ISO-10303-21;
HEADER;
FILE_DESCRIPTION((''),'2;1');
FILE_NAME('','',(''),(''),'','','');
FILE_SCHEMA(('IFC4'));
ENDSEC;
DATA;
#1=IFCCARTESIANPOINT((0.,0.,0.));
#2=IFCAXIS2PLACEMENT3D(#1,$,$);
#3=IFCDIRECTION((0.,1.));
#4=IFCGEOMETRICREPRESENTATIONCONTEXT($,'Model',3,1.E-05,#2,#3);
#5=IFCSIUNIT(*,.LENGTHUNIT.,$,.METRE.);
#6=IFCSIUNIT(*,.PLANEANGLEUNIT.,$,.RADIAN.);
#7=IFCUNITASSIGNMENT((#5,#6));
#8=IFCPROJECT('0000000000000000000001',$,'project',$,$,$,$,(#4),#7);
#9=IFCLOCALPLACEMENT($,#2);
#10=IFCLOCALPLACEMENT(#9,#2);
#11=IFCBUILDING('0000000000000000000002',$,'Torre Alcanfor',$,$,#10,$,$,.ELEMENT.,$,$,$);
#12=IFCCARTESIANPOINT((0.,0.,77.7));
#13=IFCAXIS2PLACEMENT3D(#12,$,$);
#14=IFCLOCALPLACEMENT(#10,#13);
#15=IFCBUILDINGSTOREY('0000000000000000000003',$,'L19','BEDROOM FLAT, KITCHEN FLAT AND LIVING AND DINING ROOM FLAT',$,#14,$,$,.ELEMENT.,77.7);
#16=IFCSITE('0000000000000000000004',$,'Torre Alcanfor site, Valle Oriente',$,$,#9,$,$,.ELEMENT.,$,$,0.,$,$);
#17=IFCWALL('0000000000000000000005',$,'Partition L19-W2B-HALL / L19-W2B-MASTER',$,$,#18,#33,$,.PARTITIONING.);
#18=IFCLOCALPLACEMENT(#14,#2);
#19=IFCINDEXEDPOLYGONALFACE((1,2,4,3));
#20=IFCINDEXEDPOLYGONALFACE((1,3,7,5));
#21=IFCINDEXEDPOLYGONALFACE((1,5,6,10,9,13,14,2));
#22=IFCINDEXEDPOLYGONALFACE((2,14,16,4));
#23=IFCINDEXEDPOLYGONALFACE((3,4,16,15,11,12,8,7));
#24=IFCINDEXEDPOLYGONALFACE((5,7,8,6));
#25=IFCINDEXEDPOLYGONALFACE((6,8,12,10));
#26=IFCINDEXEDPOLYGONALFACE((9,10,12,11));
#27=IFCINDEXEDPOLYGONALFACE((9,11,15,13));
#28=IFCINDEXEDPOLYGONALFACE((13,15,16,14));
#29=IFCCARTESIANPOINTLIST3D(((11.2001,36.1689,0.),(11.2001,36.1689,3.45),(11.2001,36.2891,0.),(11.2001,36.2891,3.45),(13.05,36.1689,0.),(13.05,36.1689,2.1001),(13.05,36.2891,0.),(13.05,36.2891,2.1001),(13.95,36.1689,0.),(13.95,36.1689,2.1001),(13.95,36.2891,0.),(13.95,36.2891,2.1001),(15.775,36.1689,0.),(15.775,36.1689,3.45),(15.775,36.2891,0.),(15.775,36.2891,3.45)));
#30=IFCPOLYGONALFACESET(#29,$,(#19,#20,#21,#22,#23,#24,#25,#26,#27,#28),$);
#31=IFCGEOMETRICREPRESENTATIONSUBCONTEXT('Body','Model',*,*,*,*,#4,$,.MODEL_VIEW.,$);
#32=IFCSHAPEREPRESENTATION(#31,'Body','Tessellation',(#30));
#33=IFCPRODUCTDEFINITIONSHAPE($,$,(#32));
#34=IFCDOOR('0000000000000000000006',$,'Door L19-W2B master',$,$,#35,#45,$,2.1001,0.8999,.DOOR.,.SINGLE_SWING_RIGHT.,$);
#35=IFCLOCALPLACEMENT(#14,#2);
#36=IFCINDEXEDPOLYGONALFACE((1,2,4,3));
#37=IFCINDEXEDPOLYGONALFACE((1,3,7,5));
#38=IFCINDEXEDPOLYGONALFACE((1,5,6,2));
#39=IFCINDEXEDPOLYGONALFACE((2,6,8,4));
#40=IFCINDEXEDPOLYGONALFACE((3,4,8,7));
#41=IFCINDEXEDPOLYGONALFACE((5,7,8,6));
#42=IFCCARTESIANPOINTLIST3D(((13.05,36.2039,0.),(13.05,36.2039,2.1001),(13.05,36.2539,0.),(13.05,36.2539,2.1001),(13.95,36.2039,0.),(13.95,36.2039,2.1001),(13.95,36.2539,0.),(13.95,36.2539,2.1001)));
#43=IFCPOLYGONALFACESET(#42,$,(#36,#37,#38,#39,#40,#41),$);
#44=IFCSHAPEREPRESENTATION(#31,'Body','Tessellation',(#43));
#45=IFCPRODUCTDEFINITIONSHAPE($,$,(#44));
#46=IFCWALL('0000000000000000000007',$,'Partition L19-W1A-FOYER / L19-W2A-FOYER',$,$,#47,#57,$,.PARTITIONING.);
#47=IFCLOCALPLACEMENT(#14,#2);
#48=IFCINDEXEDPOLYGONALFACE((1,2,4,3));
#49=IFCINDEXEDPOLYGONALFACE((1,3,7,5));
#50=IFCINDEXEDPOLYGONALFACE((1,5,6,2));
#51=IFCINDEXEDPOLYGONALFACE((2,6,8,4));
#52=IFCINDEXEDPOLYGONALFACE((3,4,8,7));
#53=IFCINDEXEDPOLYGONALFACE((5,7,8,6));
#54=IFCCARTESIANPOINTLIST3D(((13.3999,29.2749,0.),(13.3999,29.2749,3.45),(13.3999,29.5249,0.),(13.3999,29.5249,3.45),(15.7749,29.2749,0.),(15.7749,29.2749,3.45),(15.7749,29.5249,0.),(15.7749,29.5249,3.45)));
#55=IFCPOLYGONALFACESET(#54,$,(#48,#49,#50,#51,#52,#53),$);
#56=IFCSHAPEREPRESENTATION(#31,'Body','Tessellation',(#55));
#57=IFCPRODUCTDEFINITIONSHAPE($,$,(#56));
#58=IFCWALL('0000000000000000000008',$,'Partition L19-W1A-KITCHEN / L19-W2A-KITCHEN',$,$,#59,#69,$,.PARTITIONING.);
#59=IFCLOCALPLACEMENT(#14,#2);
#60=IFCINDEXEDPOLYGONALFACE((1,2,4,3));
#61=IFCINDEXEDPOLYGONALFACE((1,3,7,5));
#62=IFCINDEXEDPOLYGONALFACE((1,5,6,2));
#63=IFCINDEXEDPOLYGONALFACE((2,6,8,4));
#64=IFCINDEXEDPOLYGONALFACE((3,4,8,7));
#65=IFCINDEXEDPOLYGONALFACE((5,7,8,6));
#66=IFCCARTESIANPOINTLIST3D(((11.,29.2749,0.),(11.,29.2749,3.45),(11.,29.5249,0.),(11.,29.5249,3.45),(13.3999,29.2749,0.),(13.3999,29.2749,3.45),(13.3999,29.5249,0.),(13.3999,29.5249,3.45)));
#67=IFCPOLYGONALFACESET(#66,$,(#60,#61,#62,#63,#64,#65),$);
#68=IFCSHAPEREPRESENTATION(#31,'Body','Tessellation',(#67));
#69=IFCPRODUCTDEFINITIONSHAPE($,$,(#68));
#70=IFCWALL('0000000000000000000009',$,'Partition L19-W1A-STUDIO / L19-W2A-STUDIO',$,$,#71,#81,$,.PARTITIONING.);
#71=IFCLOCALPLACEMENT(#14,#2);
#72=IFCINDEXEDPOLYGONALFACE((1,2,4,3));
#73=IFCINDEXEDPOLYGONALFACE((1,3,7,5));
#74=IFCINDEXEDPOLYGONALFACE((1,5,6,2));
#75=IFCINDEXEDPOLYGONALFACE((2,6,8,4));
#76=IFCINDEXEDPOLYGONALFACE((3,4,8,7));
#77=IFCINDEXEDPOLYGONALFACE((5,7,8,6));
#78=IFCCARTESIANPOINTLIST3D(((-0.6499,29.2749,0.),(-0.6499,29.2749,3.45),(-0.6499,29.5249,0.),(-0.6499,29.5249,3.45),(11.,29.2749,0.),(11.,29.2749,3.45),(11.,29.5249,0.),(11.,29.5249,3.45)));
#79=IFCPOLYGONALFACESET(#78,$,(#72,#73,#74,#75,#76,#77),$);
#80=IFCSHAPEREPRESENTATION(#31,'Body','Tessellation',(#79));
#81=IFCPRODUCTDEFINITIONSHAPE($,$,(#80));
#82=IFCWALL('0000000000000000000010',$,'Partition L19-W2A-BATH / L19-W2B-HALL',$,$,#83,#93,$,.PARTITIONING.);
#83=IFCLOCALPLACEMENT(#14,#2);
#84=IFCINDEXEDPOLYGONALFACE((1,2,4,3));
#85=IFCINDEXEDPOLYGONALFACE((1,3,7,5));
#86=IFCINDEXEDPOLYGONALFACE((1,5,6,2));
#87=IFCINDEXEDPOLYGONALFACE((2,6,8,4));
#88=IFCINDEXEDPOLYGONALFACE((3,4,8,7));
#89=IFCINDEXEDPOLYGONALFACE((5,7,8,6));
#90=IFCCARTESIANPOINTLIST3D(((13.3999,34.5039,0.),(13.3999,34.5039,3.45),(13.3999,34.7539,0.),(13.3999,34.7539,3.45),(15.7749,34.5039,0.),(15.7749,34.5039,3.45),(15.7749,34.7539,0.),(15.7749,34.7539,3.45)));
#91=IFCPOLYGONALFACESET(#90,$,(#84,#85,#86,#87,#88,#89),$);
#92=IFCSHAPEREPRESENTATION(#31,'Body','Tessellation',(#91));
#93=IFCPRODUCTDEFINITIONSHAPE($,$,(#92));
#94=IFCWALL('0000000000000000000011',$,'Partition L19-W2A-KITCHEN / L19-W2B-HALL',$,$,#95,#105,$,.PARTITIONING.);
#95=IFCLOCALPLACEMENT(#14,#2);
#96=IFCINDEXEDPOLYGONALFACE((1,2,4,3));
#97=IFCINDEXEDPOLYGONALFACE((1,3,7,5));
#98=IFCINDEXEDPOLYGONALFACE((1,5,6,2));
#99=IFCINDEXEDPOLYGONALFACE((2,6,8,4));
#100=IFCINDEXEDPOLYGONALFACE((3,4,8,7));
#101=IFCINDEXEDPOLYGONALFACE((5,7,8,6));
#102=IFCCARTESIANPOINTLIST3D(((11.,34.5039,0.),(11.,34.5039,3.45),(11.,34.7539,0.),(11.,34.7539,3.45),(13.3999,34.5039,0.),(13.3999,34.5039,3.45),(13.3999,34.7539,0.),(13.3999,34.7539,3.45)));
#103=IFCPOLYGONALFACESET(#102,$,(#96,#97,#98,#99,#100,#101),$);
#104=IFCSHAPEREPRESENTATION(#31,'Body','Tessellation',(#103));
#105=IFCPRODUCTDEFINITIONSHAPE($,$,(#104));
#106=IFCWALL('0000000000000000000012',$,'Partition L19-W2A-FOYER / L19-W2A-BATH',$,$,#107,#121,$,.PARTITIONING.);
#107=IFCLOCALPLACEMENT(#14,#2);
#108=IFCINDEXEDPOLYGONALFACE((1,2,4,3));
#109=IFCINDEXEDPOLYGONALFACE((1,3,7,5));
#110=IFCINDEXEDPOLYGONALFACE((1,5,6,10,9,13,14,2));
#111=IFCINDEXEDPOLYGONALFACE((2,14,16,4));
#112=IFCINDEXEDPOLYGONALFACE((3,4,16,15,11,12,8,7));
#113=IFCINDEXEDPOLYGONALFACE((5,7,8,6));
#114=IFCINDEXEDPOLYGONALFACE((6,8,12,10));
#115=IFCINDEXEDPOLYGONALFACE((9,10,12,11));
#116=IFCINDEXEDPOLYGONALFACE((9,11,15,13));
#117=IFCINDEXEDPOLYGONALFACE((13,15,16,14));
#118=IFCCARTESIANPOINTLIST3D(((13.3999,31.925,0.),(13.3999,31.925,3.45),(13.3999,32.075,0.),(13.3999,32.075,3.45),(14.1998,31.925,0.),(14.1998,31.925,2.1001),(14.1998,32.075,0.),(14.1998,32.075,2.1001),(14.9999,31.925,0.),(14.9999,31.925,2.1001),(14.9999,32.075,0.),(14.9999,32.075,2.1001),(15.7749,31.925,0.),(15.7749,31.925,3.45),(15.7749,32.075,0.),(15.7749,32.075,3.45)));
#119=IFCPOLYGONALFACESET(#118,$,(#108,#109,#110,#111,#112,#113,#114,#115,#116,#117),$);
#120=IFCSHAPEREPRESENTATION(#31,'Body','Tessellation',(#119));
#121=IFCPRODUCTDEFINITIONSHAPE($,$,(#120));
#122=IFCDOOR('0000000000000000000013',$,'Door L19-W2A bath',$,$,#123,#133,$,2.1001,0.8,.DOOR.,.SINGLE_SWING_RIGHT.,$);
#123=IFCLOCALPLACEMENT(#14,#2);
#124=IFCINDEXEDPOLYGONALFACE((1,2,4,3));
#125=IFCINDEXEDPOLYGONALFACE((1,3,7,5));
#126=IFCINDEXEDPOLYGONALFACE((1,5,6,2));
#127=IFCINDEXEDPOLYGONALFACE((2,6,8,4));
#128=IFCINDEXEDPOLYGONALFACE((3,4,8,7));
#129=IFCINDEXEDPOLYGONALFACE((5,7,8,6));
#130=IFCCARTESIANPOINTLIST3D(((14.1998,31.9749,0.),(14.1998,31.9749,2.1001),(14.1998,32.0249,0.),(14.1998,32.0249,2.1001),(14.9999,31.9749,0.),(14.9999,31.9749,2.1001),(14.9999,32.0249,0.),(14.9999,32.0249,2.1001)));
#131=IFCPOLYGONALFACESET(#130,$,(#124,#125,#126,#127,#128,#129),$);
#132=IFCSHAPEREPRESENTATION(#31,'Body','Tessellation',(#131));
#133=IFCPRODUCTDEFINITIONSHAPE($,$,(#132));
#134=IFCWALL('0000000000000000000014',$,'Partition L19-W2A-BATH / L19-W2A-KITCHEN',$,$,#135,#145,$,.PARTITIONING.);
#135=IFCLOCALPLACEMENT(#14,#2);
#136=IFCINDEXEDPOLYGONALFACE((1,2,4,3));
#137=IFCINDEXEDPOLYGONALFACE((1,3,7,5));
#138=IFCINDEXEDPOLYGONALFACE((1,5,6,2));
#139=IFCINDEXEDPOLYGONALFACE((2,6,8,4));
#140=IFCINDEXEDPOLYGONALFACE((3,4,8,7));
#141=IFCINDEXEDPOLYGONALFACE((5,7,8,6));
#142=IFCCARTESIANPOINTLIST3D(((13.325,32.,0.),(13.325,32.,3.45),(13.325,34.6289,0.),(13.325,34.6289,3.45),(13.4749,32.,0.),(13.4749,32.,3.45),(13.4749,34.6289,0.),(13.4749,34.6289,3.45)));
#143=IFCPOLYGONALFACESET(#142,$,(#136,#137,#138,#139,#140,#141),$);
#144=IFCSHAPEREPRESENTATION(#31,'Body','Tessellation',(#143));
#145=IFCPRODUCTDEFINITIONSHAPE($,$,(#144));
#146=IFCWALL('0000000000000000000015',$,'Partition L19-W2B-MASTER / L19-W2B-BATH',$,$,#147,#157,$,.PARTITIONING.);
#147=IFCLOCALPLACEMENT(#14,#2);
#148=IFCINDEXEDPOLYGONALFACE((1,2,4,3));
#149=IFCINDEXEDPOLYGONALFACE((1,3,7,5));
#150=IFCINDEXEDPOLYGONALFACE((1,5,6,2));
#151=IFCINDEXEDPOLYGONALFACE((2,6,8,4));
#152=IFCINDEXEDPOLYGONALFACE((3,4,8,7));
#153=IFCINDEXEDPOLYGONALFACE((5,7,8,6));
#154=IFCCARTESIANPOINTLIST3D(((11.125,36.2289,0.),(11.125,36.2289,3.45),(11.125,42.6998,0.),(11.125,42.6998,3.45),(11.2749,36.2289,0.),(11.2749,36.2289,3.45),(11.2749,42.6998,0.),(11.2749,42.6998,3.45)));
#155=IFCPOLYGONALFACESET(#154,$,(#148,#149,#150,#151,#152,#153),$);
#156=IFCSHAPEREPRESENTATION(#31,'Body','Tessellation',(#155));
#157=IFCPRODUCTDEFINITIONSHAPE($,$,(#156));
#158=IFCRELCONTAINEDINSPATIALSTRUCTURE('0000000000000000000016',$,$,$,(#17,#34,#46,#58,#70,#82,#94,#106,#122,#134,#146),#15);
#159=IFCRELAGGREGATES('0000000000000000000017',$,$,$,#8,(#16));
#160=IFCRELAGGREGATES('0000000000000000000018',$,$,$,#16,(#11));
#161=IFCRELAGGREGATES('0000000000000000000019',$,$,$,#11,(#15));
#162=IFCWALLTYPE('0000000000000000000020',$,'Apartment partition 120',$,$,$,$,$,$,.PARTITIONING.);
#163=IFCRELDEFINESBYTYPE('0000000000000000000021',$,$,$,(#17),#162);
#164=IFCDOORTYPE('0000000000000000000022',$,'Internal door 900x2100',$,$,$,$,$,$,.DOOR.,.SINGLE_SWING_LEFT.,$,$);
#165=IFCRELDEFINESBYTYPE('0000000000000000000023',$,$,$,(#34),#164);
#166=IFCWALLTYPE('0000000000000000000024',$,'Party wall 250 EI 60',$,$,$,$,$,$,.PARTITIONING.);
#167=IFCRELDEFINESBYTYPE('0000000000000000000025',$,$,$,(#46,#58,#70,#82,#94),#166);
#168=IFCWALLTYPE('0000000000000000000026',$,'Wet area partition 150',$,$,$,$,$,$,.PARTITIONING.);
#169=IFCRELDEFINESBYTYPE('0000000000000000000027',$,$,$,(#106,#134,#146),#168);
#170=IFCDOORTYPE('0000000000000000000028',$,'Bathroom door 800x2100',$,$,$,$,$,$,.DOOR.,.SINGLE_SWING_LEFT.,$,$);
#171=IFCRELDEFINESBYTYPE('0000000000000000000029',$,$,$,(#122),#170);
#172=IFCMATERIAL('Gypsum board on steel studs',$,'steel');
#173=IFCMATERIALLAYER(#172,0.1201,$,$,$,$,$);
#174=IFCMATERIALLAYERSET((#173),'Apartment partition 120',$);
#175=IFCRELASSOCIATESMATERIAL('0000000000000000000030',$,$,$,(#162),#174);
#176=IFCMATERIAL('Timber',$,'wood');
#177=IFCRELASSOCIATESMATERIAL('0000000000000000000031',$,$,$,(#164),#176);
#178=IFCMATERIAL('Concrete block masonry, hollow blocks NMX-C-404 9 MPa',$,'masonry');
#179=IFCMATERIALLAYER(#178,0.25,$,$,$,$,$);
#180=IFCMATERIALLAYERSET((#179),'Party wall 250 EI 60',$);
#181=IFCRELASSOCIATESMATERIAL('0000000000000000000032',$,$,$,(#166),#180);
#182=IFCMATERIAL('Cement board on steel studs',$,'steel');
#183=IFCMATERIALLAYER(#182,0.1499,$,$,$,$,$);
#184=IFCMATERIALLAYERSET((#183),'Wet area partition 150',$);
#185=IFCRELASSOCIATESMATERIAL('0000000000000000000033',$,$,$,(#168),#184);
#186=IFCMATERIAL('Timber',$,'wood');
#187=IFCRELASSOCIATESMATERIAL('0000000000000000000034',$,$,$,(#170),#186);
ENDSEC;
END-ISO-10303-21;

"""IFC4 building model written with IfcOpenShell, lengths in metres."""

from ifc_helpers import new_model, si_unit, direction, frame, frame_2d, origin, place, context, subcontext, project, spatial, rectangle, extrude, material, layer, layer_set, type_object, element, fill, save


model = new_model("IFC4")

# Units and contexts
model_context = context("Model", 3, precision=1e-05, world=origin(), true_north=direction((0.0, 1.0)))
body_context = subcontext(model_context, "Body", "Model", "MODEL_VIEW")
ifc_project = project(units=[si_unit("LENGTHUNIT", "METRE"), si_unit("PLANEANGLEUNIT", "RADIAN")], contexts=[model_context])

# Site, building, storey
site_placement = place(None, origin())
site = spatial("IfcSite", under=ifc_project, at=site_placement, Name="Torre Alcanfor site, Valle Oriente", CompositionType="ELEMENT", RefElevation=0.0)
building_placement = place(site_placement, origin())
building = spatial("IfcBuilding", under=site, at=building_placement, Name="Torre Alcanfor", CompositionType="ELEMENT")
storey_placement = place(building_placement, frame((0.0, 0.0, 77.7)))
storey = spatial("IfcBuildingStorey", under=building, at=storey_placement, Name="L19", Description="BEDROOM FLAT, KITCHEN FLAT AND LIVING AND DINING ROOM FLAT", CompositionType="ELEMENT", Elevation=77.7)

# Wall, opening, door
ifc_material_1 = material(Name="Gypsum board on steel studs", Category="steel")
ifc_layer_1 = layer(ifc_material_1, 0.1201)
ifc_layer_set_1 = layer_set([ifc_layer_1], Name="Apartment partition 120")
wall_type_1 = type_object("IfcWallType", Name="Apartment partition 120", PredefinedType="PARTITIONING", material=ifc_layer_set_1)
wall_1_placement = place(storey_placement, frame((11.2, 36.229, 0.0), z_axis=(0.0, 0.0, 1.0), x_axis=(1.0, 0.0, 0.0)))
wall_1 = element("IfcWall", 1, at=wall_1_placement, inside=storey, type_object=wall_type_1, Name="Partition L19-W2B-HALL / L19-W2B-MASTER", PredefinedType="PARTITIONING", context=body_context, shape_type="SweptSolid", body=[
    extrude(rectangle(XDim=4.575, YDim=0.1201, at=frame_2d((2.2876, 0.0))), origin(), (0.0, 0.0, 1.0), 3.45),
])
opening_1_placement = place(wall_1_placement, frame((1.8501, 0.0, 0.0)))
opening_1 = element("IfcOpeningElement", 2, at=opening_1_placement, cuts=wall_1, PredefinedType="OPENING", context=body_context, shape_type="SweptSolid", body=[
    extrude(rectangle(XDim=0.8999, YDim=2.1001, at=frame_2d((0.45, 1.05))), frame((0.0, 0.0701, 0.0), z_axis=(0.0, -1.0, 0.0), x_axis=(1.0, 0.0, 0.0)), (0.0, 0.0, 1.0), 0.1401),
])
ifc_material_2 = material(Name="Timber", Category="wood")
door_type_1 = type_object("IfcDoorType", Name="Internal door 900x2100", OperationType="SINGLE_SWING_LEFT", PredefinedType="DOOR", material=ifc_material_2)
door_1_placement = place(opening_1_placement, origin())
door_1 = element("IfcDoor", 3, at=door_1_placement, inside=storey, type_object=door_type_1, Name="Door L19-W2B master", OperationType="SINGLE_SWING_RIGHT", OverallHeight=2.1001, OverallWidth=0.8999, PredefinedType="DOOR", context=body_context, shape_type="SweptSolid", body=[
    extrude(rectangle(XDim=0.8999, YDim=2.1001, at=frame_2d((0.45, 1.05))), frame((0.0, 0.0249, 0.0), z_axis=(0.0, -1.0, 0.0), x_axis=(1.0, 0.0, 0.0)), (0.0, 0.0, 1.0), 0.05),
])
fill(opening_1, door_1)

# Walls
ifc_material_3 = material(Name="Concrete block masonry, hollow blocks NMX-C-404 9 MPa", Category="masonry")
ifc_layer_2 = layer(ifc_material_3, 0.25)
ifc_layer_set_2 = layer_set([ifc_layer_2], Name="Party wall 250 EI 60")
wall_type_2 = type_object("IfcWallType", Name="Party wall 250 EI 60", PredefinedType="PARTITIONING", material=ifc_layer_set_2)
wall_2_placement = place(storey_placement, frame((15.7749, 29.3999, 0.0), z_axis=(0.0, 0.0, 1.0), x_axis=(-1.0, 0.0, 0.0)))
element("IfcWall", 4, at=wall_2_placement, inside=storey, type_object=wall_type_2, Name="Partition L19-W1A-FOYER / L19-W2A-FOYER", PredefinedType="PARTITIONING", context=body_context, shape_type="SweptSolid", body=[
    extrude(rectangle(XDim=2.375, YDim=0.25, at=frame_2d((1.1875, 0.0))), origin(), (0.0, 0.0, 1.0), 3.45),
])
wall_3_placement = place(storey_placement, frame((13.3999, 29.3999, 0.0), z_axis=(0.0, 0.0, 1.0), x_axis=(-1.0, 0.0, 0.0)))
element("IfcWall", 5, at=wall_3_placement, inside=storey, type_object=wall_type_2, Name="Partition L19-W1A-KITCHEN / L19-W2A-KITCHEN", PredefinedType="PARTITIONING", context=body_context, shape_type="SweptSolid", body=[
    extrude(rectangle(XDim=2.3999, YDim=0.25, at=frame_2d((1.2, 0.0))), origin(), (0.0, 0.0, 1.0), 3.45),
])
wall_4_placement = place(storey_placement, frame((11.0, 29.3999, 0.0), z_axis=(0.0, 0.0, 1.0), x_axis=(-1.0, 0.0, 0.0)))
element("IfcWall", 6, at=wall_4_placement, inside=storey, type_object=wall_type_2, Name="Partition L19-W1A-STUDIO / L19-W2A-STUDIO", PredefinedType="PARTITIONING", context=body_context, shape_type="SweptSolid", body=[
    extrude(rectangle(XDim=11.6499, YDim=0.25, at=frame_2d((5.825, 0.0))), origin(), (0.0, 0.0, 1.0), 3.45),
])
wall_5_placement = place(storey_placement, frame((13.3999, 34.6289, 0.0), z_axis=(0.0, 0.0, 1.0), x_axis=(1.0, 0.0, 0.0)))
element("IfcWall", 7, at=wall_5_placement, inside=storey, type_object=wall_type_2, Name="Partition L19-W2A-BATH / L19-W2B-HALL", PredefinedType="PARTITIONING", context=body_context, shape_type="SweptSolid", body=[
    extrude(rectangle(XDim=2.375, YDim=0.25, at=frame_2d((1.1875, 0.0))), origin(), (0.0, 0.0, 1.0), 3.45),
])
wall_6_placement = place(storey_placement, frame((11.0, 34.6289, 0.0), z_axis=(0.0, 0.0, 1.0), x_axis=(1.0, 0.0, 0.0)))
element("IfcWall", 8, at=wall_6_placement, inside=storey, type_object=wall_type_2, Name="Partition L19-W2A-KITCHEN / L19-W2B-HALL", PredefinedType="PARTITIONING", context=body_context, shape_type="SweptSolid", body=[
    extrude(rectangle(XDim=2.3999, YDim=0.25, at=frame_2d((1.2, 0.0))), origin(), (0.0, 0.0, 1.0), 3.45),
])

# Wall, opening, door
ifc_material_4 = material(Name="Cement board on steel studs", Category="steel")
ifc_layer_3 = layer(ifc_material_4, 0.1499)
ifc_layer_set_3 = layer_set([ifc_layer_3], Name="Wet area partition 150")
wall_type_3 = type_object("IfcWallType", Name="Wet area partition 150", PredefinedType="PARTITIONING", material=ifc_layer_set_3)
wall_7_placement = place(storey_placement, frame((13.3999, 32.0, 0.0), z_axis=(0.0, 0.0, 1.0), x_axis=(1.0, 0.0, 0.0)))
wall_7 = element("IfcWall", 9, at=wall_7_placement, inside=storey, type_object=wall_type_3, Name="Partition L19-W2A-FOYER / L19-W2A-BATH", PredefinedType="PARTITIONING", context=body_context, shape_type="SweptSolid", body=[
    extrude(rectangle(XDim=2.375, YDim=0.1499, at=frame_2d((1.1875, 0.0))), origin(), (0.0, 0.0, 1.0), 3.45),
])
opening_2_placement = place(wall_7_placement, frame((0.8, 0.0, 0.0)))
opening_2 = element("IfcOpeningElement", 10, at=opening_2_placement, cuts=wall_7, PredefinedType="OPENING", context=body_context, shape_type="SweptSolid", body=[
    extrude(rectangle(XDim=0.8, YDim=2.1001, at=frame_2d((0.3999, 1.05))), frame((0.0, 0.085, 0.0), z_axis=(0.0, -1.0, 0.0), x_axis=(1.0, 0.0, 0.0)), (0.0, 0.0, 1.0), 0.1699),
])
ifc_material_5 = material(Name="Timber", Category="wood")
door_type_2 = type_object("IfcDoorType", Name="Bathroom door 800x2100", OperationType="SINGLE_SWING_LEFT", PredefinedType="DOOR", material=ifc_material_5)
door_2_placement = place(opening_2_placement, origin())
door_2 = element("IfcDoor", 11, at=door_2_placement, inside=storey, type_object=door_type_2, Name="Door L19-W2A bath", OperationType="SINGLE_SWING_RIGHT", OverallHeight=2.1001, OverallWidth=0.8, PredefinedType="DOOR", context=body_context, shape_type="SweptSolid", body=[
    extrude(rectangle(XDim=0.8, YDim=2.1001, at=frame_2d((0.3999, 1.05))), frame((0.0, 0.0249, 0.0), z_axis=(0.0, -1.0, 0.0), x_axis=(1.0, 0.0, 0.0)), (0.0, 0.0, 1.0), 0.05),
])
fill(opening_2, door_2)

# Walls
wall_8_placement = place(storey_placement, frame((13.3999, 32.0, 0.0), z_axis=(0.0, 0.0, 1.0), x_axis=(0.0, 1.0, 0.0)))
element("IfcWall", 12, at=wall_8_placement, inside=storey, type_object=wall_type_3, Name="Partition L19-W2A-BATH / L19-W2A-KITCHEN", PredefinedType="PARTITIONING", context=body_context, shape_type="SweptSolid", body=[
    extrude(rectangle(XDim=2.6289, YDim=0.1499, at=frame_2d((1.3145, 0.0))), origin(), (0.0, 0.0, 1.0), 3.45),
])
wall_9_placement = place(storey_placement, frame((11.2, 36.229, 0.0), z_axis=(0.0, 0.0, 1.0), x_axis=(0.0, 1.0, 0.0)))
element("IfcWall", 13, at=wall_9_placement, inside=storey, type_object=wall_type_3, Name="Partition L19-W2B-MASTER / L19-W2B-BATH", PredefinedType="PARTITIONING", context=body_context, shape_type="SweptSolid", body=[
    extrude(rectangle(XDim=6.4709, YDim=0.1499, at=frame_2d((3.2354, 0.0))), origin(), (0.0, 0.0, 1.0), 3.45),
])

save(model, "model.ifc")
